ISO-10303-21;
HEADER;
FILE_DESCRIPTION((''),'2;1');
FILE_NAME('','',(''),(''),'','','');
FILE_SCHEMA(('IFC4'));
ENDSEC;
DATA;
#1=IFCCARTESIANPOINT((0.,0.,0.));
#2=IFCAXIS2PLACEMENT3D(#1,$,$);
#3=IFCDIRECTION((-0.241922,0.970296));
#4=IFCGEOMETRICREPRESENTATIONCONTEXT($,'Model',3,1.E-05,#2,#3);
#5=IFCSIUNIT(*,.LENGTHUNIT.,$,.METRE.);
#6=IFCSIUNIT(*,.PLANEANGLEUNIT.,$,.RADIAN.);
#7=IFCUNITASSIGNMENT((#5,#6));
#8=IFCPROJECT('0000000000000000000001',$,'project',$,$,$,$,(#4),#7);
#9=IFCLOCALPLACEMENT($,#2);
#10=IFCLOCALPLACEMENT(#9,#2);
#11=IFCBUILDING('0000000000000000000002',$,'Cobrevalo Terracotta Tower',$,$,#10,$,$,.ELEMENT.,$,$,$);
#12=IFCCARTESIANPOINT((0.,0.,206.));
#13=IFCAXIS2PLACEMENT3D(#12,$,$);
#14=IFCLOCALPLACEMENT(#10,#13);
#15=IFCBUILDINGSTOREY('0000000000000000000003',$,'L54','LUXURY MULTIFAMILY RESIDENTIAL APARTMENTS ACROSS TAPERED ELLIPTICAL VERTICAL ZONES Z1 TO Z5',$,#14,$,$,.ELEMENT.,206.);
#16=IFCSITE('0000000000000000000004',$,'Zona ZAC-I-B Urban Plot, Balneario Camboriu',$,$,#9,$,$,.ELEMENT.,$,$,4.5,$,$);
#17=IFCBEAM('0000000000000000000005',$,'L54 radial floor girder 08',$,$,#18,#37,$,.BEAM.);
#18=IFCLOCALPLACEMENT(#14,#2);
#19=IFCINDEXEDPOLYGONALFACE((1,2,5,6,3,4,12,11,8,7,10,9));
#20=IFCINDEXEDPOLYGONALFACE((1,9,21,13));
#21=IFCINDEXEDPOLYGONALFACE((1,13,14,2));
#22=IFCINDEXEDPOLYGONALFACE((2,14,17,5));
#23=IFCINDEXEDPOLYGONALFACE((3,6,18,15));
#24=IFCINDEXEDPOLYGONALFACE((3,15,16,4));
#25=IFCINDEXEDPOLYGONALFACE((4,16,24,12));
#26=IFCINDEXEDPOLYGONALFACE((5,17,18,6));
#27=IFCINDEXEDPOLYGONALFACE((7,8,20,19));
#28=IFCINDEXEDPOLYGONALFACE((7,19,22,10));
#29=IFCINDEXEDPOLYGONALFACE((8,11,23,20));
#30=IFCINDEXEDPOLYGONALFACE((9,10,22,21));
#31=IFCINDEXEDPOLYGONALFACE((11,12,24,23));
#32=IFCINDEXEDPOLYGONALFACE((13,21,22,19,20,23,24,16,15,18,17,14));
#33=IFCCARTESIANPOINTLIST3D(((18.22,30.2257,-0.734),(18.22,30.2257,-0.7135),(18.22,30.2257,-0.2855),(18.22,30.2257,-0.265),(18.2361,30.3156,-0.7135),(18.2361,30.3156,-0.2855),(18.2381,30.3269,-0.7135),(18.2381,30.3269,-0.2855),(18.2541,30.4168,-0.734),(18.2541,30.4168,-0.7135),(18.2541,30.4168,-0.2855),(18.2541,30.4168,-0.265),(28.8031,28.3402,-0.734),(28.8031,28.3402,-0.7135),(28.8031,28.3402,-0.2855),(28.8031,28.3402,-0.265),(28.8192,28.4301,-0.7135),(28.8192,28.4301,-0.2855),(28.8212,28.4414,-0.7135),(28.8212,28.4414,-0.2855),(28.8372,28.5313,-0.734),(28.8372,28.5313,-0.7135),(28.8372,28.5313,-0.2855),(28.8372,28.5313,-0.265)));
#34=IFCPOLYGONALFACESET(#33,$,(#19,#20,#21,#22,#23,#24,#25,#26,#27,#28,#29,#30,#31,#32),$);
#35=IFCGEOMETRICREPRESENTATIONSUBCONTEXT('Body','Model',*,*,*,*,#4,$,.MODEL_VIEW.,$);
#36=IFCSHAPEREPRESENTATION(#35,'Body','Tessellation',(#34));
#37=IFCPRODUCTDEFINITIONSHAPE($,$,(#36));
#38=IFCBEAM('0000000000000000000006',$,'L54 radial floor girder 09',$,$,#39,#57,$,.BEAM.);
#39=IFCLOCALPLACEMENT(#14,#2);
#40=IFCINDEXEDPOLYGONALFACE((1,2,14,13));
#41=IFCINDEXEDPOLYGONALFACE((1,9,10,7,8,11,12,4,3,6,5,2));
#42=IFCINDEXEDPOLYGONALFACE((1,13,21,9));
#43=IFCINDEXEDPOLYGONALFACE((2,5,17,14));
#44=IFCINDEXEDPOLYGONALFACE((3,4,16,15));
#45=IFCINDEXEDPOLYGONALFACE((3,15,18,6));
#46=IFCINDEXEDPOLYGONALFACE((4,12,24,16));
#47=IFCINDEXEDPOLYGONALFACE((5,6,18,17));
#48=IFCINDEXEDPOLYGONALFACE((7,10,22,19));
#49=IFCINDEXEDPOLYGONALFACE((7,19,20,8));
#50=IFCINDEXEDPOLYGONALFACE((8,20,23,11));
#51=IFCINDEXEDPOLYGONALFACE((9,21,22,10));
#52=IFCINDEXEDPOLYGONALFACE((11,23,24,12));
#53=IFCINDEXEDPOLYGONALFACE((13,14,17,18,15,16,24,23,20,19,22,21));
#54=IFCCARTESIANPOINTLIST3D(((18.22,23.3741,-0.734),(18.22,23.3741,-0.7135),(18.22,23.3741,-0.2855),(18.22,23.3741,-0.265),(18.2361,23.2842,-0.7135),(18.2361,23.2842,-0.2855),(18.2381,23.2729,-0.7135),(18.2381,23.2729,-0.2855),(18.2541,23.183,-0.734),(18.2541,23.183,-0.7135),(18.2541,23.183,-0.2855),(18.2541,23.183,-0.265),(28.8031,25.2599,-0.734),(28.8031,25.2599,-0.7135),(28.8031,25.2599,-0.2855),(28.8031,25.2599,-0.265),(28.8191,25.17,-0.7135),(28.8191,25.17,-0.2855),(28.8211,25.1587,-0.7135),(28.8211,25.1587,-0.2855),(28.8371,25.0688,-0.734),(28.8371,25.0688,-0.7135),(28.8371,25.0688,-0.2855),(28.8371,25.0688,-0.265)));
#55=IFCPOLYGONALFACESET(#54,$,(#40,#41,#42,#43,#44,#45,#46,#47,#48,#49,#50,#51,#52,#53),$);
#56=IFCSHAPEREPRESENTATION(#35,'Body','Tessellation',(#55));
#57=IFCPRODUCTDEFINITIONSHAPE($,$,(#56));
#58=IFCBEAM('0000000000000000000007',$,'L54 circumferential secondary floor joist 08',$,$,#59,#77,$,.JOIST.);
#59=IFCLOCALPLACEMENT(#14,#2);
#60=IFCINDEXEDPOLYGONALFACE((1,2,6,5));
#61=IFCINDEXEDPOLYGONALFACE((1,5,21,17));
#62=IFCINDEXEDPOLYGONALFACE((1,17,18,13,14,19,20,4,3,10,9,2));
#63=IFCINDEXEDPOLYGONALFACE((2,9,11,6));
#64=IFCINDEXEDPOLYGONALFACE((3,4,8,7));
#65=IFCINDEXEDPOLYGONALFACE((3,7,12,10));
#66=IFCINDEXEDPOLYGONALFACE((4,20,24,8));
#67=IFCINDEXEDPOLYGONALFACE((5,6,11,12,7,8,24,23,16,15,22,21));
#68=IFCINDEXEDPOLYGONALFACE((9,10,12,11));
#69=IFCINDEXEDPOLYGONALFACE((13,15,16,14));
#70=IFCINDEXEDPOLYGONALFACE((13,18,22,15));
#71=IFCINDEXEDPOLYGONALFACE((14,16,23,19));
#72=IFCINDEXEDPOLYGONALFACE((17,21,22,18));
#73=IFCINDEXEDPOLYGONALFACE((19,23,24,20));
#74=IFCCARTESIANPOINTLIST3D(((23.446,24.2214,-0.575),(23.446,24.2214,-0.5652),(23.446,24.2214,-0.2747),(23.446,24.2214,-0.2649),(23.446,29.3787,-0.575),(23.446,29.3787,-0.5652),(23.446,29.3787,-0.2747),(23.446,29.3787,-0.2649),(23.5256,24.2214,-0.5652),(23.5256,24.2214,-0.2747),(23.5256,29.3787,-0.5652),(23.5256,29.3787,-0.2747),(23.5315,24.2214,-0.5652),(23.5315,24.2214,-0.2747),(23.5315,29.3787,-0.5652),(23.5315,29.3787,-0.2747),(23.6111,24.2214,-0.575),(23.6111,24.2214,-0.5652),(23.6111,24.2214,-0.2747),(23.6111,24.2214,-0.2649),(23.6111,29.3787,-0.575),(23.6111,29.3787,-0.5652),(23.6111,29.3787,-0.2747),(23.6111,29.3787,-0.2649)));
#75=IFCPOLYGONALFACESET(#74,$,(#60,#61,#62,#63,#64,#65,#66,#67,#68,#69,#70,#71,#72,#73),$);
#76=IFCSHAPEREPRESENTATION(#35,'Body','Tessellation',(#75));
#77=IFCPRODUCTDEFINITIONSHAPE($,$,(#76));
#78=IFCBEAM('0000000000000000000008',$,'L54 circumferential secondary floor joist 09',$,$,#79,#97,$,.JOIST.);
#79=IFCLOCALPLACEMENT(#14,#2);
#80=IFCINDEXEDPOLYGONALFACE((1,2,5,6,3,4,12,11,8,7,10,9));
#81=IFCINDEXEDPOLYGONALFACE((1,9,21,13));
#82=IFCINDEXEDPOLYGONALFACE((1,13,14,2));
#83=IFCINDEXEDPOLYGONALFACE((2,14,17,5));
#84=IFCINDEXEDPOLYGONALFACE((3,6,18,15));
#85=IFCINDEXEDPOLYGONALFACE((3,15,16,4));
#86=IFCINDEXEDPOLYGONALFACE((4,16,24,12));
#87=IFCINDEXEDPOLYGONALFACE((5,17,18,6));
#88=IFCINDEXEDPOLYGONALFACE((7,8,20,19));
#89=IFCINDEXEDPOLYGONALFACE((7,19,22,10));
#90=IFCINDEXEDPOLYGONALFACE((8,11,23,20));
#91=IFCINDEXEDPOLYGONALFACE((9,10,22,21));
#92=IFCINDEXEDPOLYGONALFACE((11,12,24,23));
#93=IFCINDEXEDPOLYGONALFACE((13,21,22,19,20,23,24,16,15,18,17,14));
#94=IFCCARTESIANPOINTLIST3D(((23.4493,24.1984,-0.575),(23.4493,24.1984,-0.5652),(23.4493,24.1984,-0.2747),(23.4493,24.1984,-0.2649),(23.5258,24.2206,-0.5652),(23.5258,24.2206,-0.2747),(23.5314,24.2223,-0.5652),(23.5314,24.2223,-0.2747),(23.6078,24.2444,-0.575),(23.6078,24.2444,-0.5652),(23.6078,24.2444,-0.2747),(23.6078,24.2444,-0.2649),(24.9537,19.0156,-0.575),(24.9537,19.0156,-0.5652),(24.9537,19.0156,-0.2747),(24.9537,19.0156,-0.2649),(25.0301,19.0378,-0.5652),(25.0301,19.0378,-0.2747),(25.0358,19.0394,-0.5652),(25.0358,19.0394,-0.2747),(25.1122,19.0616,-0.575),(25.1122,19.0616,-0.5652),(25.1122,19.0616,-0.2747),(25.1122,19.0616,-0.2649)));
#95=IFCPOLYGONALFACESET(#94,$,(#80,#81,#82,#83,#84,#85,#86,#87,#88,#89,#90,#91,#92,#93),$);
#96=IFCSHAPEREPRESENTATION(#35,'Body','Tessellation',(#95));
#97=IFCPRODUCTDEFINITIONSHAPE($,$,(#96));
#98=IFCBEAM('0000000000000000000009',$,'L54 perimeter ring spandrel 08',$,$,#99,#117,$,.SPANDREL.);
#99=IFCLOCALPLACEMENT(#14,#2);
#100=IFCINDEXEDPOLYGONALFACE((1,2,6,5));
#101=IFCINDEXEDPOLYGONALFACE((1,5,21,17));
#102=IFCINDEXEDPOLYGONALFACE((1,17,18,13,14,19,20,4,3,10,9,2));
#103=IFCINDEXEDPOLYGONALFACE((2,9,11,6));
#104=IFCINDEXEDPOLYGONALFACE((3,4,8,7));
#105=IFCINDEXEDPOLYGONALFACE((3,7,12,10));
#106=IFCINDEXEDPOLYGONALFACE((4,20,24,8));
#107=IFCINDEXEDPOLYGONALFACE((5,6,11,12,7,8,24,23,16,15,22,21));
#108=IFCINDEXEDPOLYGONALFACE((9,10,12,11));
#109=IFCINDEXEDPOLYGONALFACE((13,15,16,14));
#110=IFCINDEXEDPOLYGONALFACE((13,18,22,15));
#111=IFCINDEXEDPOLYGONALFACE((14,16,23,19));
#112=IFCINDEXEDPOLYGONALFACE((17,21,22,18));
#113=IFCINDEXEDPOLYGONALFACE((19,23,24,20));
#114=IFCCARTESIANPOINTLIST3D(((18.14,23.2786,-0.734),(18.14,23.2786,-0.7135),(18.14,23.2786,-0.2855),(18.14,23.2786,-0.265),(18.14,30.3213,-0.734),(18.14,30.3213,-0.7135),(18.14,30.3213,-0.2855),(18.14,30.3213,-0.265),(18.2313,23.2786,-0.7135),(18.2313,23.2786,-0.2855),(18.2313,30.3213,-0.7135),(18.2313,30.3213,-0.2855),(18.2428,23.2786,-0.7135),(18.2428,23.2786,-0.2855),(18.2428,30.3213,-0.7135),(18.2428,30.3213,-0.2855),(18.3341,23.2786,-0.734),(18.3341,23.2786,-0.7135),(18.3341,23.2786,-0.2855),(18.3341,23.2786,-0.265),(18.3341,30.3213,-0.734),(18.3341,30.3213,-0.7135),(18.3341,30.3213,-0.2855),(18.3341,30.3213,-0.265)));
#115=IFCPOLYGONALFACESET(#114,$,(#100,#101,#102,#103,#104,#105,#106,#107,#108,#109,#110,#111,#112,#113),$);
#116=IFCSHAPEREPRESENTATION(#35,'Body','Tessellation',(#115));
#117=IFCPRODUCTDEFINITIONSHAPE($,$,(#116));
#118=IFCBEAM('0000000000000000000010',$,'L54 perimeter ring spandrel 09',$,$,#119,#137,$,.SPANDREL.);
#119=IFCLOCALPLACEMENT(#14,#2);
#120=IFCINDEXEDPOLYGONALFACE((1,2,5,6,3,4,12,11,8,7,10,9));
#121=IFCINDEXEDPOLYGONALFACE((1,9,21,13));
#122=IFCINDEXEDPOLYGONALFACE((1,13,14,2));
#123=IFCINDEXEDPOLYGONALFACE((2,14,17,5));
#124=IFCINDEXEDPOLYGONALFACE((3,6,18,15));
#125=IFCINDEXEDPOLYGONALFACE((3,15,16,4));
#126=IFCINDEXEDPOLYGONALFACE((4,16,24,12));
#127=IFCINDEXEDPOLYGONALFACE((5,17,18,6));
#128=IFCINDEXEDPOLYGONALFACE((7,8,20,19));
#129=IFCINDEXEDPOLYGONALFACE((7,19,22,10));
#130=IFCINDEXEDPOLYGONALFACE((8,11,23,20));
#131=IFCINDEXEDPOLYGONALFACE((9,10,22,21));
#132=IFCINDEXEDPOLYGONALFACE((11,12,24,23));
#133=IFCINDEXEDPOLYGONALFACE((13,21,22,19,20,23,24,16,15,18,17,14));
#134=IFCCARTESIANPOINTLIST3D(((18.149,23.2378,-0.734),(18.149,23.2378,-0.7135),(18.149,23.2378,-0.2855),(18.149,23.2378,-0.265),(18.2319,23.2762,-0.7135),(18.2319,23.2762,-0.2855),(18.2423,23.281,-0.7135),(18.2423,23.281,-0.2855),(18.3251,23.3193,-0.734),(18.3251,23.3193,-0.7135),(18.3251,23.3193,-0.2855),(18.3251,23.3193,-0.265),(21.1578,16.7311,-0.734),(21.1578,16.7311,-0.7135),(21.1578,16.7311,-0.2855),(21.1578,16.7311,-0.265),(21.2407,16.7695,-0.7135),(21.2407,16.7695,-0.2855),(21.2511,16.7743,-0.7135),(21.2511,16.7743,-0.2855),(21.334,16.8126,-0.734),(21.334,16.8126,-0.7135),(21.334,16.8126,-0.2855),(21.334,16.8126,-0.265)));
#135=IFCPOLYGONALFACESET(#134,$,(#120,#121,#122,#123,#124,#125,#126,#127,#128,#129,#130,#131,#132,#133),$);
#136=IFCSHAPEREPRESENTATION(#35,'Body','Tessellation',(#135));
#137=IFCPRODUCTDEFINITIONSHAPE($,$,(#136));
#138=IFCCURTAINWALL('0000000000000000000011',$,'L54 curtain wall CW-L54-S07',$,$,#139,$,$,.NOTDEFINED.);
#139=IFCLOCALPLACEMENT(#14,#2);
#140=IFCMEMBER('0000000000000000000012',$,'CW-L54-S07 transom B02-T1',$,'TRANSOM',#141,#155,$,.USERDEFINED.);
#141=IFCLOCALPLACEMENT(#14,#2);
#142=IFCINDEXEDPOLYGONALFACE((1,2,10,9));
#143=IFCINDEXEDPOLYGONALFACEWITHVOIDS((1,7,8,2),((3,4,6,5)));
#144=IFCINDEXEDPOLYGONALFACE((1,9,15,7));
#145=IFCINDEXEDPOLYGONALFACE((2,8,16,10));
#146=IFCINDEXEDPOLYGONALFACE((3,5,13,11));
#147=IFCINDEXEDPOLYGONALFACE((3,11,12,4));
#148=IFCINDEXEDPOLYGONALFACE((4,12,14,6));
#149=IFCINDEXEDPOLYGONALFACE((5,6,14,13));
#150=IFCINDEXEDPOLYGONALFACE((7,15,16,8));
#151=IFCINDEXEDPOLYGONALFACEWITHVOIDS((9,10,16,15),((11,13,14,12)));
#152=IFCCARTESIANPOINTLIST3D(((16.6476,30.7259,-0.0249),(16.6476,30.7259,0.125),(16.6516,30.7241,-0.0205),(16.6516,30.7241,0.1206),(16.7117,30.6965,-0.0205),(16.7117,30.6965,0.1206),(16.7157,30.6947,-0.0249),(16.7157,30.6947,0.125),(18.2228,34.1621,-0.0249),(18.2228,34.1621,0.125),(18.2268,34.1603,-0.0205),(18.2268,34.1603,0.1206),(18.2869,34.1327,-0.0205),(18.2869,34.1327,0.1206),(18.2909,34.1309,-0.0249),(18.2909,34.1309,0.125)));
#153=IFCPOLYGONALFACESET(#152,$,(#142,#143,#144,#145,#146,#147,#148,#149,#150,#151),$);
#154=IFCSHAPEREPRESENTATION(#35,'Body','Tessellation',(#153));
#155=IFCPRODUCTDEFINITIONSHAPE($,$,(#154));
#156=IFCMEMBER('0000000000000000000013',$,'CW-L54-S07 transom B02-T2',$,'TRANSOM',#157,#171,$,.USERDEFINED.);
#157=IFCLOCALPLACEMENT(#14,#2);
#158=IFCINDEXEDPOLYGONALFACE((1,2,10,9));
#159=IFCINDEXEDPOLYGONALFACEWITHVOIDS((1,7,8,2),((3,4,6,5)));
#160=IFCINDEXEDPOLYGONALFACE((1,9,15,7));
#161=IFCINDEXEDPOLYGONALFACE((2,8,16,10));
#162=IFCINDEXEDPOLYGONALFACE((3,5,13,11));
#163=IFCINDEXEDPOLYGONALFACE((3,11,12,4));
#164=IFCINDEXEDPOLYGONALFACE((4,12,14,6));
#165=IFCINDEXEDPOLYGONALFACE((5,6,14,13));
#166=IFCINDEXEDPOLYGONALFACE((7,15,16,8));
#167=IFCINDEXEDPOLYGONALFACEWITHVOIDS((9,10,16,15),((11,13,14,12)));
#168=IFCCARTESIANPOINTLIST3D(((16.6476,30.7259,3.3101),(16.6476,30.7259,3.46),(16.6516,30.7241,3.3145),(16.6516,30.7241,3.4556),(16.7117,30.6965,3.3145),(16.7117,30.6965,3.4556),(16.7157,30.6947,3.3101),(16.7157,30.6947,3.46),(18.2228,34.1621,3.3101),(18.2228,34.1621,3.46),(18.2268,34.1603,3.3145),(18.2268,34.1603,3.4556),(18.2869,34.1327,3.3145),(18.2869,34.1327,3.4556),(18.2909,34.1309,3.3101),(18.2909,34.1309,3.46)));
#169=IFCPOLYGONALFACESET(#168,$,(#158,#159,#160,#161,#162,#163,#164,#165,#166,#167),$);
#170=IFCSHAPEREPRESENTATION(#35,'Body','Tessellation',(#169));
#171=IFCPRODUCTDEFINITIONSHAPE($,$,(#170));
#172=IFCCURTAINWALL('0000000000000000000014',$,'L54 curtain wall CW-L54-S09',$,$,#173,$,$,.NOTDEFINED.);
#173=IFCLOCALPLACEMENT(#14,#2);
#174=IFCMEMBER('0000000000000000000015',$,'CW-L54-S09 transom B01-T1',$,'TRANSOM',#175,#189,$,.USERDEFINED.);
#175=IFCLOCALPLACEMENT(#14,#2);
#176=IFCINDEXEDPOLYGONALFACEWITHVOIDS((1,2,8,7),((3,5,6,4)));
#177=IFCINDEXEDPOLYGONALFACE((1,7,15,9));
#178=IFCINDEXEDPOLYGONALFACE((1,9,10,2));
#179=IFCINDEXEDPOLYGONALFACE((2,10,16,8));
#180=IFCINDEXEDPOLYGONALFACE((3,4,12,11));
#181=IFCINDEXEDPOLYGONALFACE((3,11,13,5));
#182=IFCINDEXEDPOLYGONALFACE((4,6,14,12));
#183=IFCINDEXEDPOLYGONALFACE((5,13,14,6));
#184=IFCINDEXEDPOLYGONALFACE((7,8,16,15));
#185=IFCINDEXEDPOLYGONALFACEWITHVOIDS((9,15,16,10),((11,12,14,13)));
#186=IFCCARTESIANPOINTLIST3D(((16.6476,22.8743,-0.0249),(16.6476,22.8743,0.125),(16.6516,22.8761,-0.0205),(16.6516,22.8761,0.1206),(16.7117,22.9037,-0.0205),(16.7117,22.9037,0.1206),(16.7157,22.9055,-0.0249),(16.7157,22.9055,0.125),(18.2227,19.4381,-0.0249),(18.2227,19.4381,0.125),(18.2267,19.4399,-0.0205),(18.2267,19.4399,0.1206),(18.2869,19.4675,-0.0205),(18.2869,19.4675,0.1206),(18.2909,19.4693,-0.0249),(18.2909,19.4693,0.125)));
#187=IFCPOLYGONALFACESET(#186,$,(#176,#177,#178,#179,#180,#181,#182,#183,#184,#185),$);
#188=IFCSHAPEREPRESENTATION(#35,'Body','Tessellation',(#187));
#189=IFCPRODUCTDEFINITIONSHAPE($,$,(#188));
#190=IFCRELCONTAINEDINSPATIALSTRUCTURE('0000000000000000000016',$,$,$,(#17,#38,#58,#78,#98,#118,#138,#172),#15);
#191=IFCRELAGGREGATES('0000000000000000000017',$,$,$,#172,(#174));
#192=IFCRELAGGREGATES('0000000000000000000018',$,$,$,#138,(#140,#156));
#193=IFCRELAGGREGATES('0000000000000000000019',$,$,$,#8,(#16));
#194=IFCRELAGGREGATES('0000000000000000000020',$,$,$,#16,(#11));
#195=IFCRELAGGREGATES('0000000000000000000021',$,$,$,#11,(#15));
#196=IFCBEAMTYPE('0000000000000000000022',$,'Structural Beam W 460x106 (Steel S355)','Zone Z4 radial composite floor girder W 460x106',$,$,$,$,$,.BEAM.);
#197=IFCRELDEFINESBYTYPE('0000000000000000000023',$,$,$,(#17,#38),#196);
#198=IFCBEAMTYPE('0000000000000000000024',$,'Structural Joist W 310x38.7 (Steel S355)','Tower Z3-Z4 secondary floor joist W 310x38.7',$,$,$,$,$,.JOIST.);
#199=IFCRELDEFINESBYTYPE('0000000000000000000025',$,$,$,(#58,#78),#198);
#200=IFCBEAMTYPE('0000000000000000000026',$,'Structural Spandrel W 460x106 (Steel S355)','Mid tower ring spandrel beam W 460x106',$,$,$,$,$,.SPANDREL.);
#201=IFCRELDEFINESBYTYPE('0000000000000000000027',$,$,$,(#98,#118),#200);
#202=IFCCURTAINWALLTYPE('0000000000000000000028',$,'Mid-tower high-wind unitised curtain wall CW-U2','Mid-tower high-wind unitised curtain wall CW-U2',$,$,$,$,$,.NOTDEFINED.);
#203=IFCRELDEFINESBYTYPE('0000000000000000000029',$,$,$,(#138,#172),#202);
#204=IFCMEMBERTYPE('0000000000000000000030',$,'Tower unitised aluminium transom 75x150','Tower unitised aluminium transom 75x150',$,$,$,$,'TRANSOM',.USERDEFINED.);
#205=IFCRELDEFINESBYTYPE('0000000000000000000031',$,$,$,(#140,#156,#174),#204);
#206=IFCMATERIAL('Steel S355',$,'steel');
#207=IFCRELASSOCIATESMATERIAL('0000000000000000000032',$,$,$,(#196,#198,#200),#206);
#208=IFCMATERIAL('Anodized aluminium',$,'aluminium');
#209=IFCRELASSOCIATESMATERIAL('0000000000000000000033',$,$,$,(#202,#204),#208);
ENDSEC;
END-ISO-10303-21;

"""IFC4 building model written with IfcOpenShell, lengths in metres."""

from ifc_helpers import new_model, si_unit, direction, frame, origin, origin_2d, place, context, subcontext, project, spatial, hollow_rectangle, i_section, extrude, source, transform, mapped, material, material_profile, profile_set, type_object, element, aggregate, save


model = new_model("IFC4")

# Units and contexts
model_context = context("Model", 3, precision=1e-05, world=origin(), true_north=direction((-0.241922, 0.970296)))
body_context = subcontext(model_context, "Body", "Model", "MODEL_VIEW")
ifc_project = project(units=[si_unit("LENGTHUNIT", "METRE"), si_unit("PLANEANGLEUNIT", "RADIAN")], contexts=[model_context])

# Site, building, storey
site_placement = place(None, origin())
site = spatial("IfcSite", under=ifc_project, at=site_placement, Name="Zona ZAC-I-B Urban Plot, Balneario Camboriu", CompositionType="ELEMENT", RefElevation=4.5)
building_placement = place(site_placement, origin())
building = spatial("IfcBuilding", under=site, at=building_placement, Name="Cobrevalo Terracotta Tower", CompositionType="ELEMENT")
storey_placement = place(building_placement, frame((0.0, 0.0, 206.0)))
storey = spatial("IfcBuildingStorey", under=building, at=storey_placement, Name="L54", Description="LUXURY MULTIFAMILY RESIDENTIAL APARTMENTS ACROSS TAPERED ELLIPTICAL VERTICAL ZONES Z1 TO Z5", CompositionType="ELEMENT", Elevation=206.0)

# Shared definitions
ifc_material_1 = material(Name="Steel S355", Category="steel")

# Beams
ifc_material_profile_1 = material_profile(ifc_material_1, i_section(OverallWidth=0.1941, OverallDepth=0.469, WebThickness=0.0115, FlangeThickness=0.0205, at=origin_2d()), Name="W 460x106")
ifc_profile_set_1 = profile_set([ifc_material_profile_1], Name="Steel S355")
beam_type_1 = type_object("IfcBeamType", Name="Structural Beam W 460x106 (Steel S355)", Description="Zone Z4 radial composite floor girder W 460x106", PredefinedType="BEAM", material=ifc_profile_set_1)
for number, where, z_axis, x_axis, name in (
    (1, (18.2371, 30.3213, -0.4995), (0.984497, -0.175401, 0.0), (0.175401, 0.984497, 0.0), "L54 radial floor girder 08"),
    (2, (18.2371, 23.2786, -0.4995), (0.984493, 0.175423, 0.0), (-0.175423, 0.984493, 0.0), "L54 radial floor girder 09"),
):
    element("IfcBeam", number, at=place(storey_placement, frame(where, z_axis=z_axis, x_axis=x_axis)), inside=storey, type_object=beam_type_1, Name=name, PredefinedType="BEAM", context=body_context, shape_type="SweptSolid", body=[
        extrude(i_section(OverallWidth=0.1941, OverallDepth=0.469, WebThickness=0.0115, FlangeThickness=0.0205, at=origin_2d()), origin(), (0.0, 0.0, 1.0), 10.7498),
    ])
ifc_material_profile_2 = material_profile(ifc_material_1, i_section(OverallWidth=0.165, OverallDepth=0.3101, WebThickness=0.0059, FlangeThickness=0.0098, at=origin_2d()), Name="W 310x38.7")
ifc_profile_set_2 = profile_set([ifc_material_profile_2], Name="Steel S355")
beam_type_2 = type_object("IfcBeamType", Name="Structural Joist W 310x38.7 (Steel S355)", Description="Tower Z3-Z4 secondary floor joist W 310x38.7", PredefinedType="JOIST", material=ifc_profile_set_2)
beam_1_placement = place(storey_placement, frame((23.5286, 29.3787, -0.4199), z_axis=(0.0, -1.0, 0.0), x_axis=(1.0, 0.0, 0.0)))
element("IfcBeam", 3, at=beam_1_placement, inside=storey, type_object=beam_type_2, Name="L54 circumferential secondary floor joist 08", PredefinedType="JOIST", context=body_context, shape_type="SweptSolid", body=[
    extrude(i_section(OverallWidth=0.165, OverallDepth=0.3101, WebThickness=0.0059, FlangeThickness=0.0098, at=origin_2d()), origin(), (0.0, 0.0, 1.0), 5.1572),
])
beam_2_placement = place(storey_placement, frame((23.5286, 24.2214, -0.4199), z_axis=(0.278758, -0.960361, 0.0), x_axis=(0.960361, 0.278758, 0.0)))
element("IfcBeam", 4, at=beam_2_placement, inside=storey, type_object=beam_type_2, Name="L54 circumferential secondary floor joist 09", PredefinedType="JOIST", context=body_context, shape_type="SweptSolid", body=[
    extrude(i_section(OverallWidth=0.165, OverallDepth=0.3101, WebThickness=0.0059, FlangeThickness=0.0098, at=origin_2d()), origin(), (0.0, 0.0, 1.0), 5.3967),
])
ifc_material_profile_3 = material_profile(ifc_material_1, i_section(OverallWidth=0.1941, OverallDepth=0.469, WebThickness=0.0115, FlangeThickness=0.0205, at=origin_2d()), Name="W 460x106")
ifc_profile_set_3 = profile_set([ifc_material_profile_3], Name="Steel S355")
beam_type_3 = type_object("IfcBeamType", Name="Structural Spandrel W 460x106 (Steel S355)", Description="Mid tower ring spandrel beam W 460x106", PredefinedType="SPANDREL", material=ifc_profile_set_3)
beam_3_placement = place(storey_placement, frame((18.2371, 30.3213, -0.4995), z_axis=(0.0, -1.0, 0.0), x_axis=(1.0, 0.0, 0.0)))
element("IfcBeam", 5, at=beam_3_placement, inside=storey, type_object=beam_type_3, Name="L54 perimeter ring spandrel 08", PredefinedType="SPANDREL", context=body_context, shape_type="SweptSolid", body=[
    extrude(i_section(OverallWidth=0.1941, OverallDepth=0.469, WebThickness=0.0115, FlangeThickness=0.0205, at=origin_2d()), origin(), (0.0, 0.0, 1.0), 7.0427),
])
beam_4_placement = place(storey_placement, frame((18.2371, 23.2786, -0.4995), z_axis=(0.419719, -0.907654, 0.0), x_axis=(0.907654, 0.419719, 0.0)))
element("IfcBeam", 6, at=beam_4_placement, inside=storey, type_object=beam_type_3, Name="L54 perimeter ring spandrel 09", PredefinedType="SPANDREL", context=body_context, shape_type="SweptSolid", body=[
    extrude(i_section(OverallWidth=0.1941, OverallDepth=0.469, WebThickness=0.0115, FlangeThickness=0.0205, at=origin_2d()), origin(), (0.0, 0.0, 1.0), 7.1687),
])

# Curtain walls, members
ifc_material_2 = material(Name="Anodized aluminium", Category="aluminium")
curtain_wall_type = type_object("IfcCurtainWallType", Name="Mid-tower high-wind unitised curtain wall CW-U2", Description="Mid-tower high-wind unitised curtain wall CW-U2", PredefinedType="NOTDEFINED", material=ifc_material_2)
curtain_wall_1_placement = place(storey_placement, origin())
curtain_wall_1 = element("IfcCurtainWall", 7, at=curtain_wall_1_placement, inside=storey, type_object=curtain_wall_type, Name="L54 curtain wall CW-L54-S07", PredefinedType="NOTDEFINED")
ifc_material_profile_4 = material_profile(ifc_material_2, hollow_rectangle(XDim=0.075, YDim=0.1499, WallThickness=0.0044, at=origin_2d()), Name="CWT 75x150")
ifc_profile_set_4 = profile_set([ifc_material_profile_4], Name="Anodized aluminium")
member_type_1 = type_object("IfcMemberType", Name="Tower unitised aluminium transom 75x150", Description="Tower unitised aluminium transom 75x150", ElementType="TRANSOM", PredefinedType="USERDEFINED", material=ifc_profile_set_4)
shared_shape_1 = source(origin(), body_context, "Body", "SweptSolid", [
    extrude(hollow_rectangle(XDim=0.075, YDim=0.1499, WallThickness=0.0044, at=origin_2d()), origin(), (0.0, 0.0, 1.0), 3.78),
])
member_1_placement = place(storey_placement, frame((18.2568, 34.1465, 0.05), z_axis=(-0.416706, -0.909041, 0.0), x_axis=(0.909041, -0.416706, 0.0)))
member_1 = element("IfcMember", 8, at=member_1_placement, type_object=member_type_1, Name="CW-L54-S07 transom B02-T1", ObjectType="TRANSOM", PredefinedType="USERDEFINED", context=body_context, shape_type="MappedRepresentation", body=[
    mapped(shared_shape_1, transform((0.0, 0.0, 0.0), scale=1.0)),
])
member_2_placement = place(storey_placement, frame((18.2568, 34.1465, 3.385), z_axis=(-0.416706, -0.909041, 0.0), x_axis=(0.909041, -0.416706, 0.0)))
member_2 = element("IfcMember", 9, at=member_2_placement, type_object=member_type_1, Name="CW-L54-S07 transom B02-T2", ObjectType="TRANSOM", PredefinedType="USERDEFINED", context=body_context, shape_type="MappedRepresentation", body=[
    mapped(shared_shape_1, transform((0.0, 0.0, 0.0), scale=1.0)),
])
curtain_wall_2_placement = place(storey_placement, origin())
curtain_wall_2 = element("IfcCurtainWall", 10, at=curtain_wall_2_placement, inside=storey, type_object=curtain_wall_type, Name="L54 curtain wall CW-L54-S09", PredefinedType="NOTDEFINED")
member_3_placement = place(storey_placement, frame((16.6816, 22.8899, 0.05), z_axis=(0.416706, -0.909041, 0.0), x_axis=(0.909041, 0.416706, 0.0)))
member_3 = element("IfcMember", 11, at=member_3_placement, type_object=member_type_1, Name="CW-L54-S09 transom B01-T1", ObjectType="TRANSOM", PredefinedType="USERDEFINED", context=body_context, shape_type="MappedRepresentation", body=[
    mapped(shared_shape_1, transform((0.0, 0.0, 0.0), scale=1.0)),
])

aggregate(curtain_wall_2, [member_3])

aggregate(curtain_wall_1, [member_1, member_2])

save(model, "model.ifc")
